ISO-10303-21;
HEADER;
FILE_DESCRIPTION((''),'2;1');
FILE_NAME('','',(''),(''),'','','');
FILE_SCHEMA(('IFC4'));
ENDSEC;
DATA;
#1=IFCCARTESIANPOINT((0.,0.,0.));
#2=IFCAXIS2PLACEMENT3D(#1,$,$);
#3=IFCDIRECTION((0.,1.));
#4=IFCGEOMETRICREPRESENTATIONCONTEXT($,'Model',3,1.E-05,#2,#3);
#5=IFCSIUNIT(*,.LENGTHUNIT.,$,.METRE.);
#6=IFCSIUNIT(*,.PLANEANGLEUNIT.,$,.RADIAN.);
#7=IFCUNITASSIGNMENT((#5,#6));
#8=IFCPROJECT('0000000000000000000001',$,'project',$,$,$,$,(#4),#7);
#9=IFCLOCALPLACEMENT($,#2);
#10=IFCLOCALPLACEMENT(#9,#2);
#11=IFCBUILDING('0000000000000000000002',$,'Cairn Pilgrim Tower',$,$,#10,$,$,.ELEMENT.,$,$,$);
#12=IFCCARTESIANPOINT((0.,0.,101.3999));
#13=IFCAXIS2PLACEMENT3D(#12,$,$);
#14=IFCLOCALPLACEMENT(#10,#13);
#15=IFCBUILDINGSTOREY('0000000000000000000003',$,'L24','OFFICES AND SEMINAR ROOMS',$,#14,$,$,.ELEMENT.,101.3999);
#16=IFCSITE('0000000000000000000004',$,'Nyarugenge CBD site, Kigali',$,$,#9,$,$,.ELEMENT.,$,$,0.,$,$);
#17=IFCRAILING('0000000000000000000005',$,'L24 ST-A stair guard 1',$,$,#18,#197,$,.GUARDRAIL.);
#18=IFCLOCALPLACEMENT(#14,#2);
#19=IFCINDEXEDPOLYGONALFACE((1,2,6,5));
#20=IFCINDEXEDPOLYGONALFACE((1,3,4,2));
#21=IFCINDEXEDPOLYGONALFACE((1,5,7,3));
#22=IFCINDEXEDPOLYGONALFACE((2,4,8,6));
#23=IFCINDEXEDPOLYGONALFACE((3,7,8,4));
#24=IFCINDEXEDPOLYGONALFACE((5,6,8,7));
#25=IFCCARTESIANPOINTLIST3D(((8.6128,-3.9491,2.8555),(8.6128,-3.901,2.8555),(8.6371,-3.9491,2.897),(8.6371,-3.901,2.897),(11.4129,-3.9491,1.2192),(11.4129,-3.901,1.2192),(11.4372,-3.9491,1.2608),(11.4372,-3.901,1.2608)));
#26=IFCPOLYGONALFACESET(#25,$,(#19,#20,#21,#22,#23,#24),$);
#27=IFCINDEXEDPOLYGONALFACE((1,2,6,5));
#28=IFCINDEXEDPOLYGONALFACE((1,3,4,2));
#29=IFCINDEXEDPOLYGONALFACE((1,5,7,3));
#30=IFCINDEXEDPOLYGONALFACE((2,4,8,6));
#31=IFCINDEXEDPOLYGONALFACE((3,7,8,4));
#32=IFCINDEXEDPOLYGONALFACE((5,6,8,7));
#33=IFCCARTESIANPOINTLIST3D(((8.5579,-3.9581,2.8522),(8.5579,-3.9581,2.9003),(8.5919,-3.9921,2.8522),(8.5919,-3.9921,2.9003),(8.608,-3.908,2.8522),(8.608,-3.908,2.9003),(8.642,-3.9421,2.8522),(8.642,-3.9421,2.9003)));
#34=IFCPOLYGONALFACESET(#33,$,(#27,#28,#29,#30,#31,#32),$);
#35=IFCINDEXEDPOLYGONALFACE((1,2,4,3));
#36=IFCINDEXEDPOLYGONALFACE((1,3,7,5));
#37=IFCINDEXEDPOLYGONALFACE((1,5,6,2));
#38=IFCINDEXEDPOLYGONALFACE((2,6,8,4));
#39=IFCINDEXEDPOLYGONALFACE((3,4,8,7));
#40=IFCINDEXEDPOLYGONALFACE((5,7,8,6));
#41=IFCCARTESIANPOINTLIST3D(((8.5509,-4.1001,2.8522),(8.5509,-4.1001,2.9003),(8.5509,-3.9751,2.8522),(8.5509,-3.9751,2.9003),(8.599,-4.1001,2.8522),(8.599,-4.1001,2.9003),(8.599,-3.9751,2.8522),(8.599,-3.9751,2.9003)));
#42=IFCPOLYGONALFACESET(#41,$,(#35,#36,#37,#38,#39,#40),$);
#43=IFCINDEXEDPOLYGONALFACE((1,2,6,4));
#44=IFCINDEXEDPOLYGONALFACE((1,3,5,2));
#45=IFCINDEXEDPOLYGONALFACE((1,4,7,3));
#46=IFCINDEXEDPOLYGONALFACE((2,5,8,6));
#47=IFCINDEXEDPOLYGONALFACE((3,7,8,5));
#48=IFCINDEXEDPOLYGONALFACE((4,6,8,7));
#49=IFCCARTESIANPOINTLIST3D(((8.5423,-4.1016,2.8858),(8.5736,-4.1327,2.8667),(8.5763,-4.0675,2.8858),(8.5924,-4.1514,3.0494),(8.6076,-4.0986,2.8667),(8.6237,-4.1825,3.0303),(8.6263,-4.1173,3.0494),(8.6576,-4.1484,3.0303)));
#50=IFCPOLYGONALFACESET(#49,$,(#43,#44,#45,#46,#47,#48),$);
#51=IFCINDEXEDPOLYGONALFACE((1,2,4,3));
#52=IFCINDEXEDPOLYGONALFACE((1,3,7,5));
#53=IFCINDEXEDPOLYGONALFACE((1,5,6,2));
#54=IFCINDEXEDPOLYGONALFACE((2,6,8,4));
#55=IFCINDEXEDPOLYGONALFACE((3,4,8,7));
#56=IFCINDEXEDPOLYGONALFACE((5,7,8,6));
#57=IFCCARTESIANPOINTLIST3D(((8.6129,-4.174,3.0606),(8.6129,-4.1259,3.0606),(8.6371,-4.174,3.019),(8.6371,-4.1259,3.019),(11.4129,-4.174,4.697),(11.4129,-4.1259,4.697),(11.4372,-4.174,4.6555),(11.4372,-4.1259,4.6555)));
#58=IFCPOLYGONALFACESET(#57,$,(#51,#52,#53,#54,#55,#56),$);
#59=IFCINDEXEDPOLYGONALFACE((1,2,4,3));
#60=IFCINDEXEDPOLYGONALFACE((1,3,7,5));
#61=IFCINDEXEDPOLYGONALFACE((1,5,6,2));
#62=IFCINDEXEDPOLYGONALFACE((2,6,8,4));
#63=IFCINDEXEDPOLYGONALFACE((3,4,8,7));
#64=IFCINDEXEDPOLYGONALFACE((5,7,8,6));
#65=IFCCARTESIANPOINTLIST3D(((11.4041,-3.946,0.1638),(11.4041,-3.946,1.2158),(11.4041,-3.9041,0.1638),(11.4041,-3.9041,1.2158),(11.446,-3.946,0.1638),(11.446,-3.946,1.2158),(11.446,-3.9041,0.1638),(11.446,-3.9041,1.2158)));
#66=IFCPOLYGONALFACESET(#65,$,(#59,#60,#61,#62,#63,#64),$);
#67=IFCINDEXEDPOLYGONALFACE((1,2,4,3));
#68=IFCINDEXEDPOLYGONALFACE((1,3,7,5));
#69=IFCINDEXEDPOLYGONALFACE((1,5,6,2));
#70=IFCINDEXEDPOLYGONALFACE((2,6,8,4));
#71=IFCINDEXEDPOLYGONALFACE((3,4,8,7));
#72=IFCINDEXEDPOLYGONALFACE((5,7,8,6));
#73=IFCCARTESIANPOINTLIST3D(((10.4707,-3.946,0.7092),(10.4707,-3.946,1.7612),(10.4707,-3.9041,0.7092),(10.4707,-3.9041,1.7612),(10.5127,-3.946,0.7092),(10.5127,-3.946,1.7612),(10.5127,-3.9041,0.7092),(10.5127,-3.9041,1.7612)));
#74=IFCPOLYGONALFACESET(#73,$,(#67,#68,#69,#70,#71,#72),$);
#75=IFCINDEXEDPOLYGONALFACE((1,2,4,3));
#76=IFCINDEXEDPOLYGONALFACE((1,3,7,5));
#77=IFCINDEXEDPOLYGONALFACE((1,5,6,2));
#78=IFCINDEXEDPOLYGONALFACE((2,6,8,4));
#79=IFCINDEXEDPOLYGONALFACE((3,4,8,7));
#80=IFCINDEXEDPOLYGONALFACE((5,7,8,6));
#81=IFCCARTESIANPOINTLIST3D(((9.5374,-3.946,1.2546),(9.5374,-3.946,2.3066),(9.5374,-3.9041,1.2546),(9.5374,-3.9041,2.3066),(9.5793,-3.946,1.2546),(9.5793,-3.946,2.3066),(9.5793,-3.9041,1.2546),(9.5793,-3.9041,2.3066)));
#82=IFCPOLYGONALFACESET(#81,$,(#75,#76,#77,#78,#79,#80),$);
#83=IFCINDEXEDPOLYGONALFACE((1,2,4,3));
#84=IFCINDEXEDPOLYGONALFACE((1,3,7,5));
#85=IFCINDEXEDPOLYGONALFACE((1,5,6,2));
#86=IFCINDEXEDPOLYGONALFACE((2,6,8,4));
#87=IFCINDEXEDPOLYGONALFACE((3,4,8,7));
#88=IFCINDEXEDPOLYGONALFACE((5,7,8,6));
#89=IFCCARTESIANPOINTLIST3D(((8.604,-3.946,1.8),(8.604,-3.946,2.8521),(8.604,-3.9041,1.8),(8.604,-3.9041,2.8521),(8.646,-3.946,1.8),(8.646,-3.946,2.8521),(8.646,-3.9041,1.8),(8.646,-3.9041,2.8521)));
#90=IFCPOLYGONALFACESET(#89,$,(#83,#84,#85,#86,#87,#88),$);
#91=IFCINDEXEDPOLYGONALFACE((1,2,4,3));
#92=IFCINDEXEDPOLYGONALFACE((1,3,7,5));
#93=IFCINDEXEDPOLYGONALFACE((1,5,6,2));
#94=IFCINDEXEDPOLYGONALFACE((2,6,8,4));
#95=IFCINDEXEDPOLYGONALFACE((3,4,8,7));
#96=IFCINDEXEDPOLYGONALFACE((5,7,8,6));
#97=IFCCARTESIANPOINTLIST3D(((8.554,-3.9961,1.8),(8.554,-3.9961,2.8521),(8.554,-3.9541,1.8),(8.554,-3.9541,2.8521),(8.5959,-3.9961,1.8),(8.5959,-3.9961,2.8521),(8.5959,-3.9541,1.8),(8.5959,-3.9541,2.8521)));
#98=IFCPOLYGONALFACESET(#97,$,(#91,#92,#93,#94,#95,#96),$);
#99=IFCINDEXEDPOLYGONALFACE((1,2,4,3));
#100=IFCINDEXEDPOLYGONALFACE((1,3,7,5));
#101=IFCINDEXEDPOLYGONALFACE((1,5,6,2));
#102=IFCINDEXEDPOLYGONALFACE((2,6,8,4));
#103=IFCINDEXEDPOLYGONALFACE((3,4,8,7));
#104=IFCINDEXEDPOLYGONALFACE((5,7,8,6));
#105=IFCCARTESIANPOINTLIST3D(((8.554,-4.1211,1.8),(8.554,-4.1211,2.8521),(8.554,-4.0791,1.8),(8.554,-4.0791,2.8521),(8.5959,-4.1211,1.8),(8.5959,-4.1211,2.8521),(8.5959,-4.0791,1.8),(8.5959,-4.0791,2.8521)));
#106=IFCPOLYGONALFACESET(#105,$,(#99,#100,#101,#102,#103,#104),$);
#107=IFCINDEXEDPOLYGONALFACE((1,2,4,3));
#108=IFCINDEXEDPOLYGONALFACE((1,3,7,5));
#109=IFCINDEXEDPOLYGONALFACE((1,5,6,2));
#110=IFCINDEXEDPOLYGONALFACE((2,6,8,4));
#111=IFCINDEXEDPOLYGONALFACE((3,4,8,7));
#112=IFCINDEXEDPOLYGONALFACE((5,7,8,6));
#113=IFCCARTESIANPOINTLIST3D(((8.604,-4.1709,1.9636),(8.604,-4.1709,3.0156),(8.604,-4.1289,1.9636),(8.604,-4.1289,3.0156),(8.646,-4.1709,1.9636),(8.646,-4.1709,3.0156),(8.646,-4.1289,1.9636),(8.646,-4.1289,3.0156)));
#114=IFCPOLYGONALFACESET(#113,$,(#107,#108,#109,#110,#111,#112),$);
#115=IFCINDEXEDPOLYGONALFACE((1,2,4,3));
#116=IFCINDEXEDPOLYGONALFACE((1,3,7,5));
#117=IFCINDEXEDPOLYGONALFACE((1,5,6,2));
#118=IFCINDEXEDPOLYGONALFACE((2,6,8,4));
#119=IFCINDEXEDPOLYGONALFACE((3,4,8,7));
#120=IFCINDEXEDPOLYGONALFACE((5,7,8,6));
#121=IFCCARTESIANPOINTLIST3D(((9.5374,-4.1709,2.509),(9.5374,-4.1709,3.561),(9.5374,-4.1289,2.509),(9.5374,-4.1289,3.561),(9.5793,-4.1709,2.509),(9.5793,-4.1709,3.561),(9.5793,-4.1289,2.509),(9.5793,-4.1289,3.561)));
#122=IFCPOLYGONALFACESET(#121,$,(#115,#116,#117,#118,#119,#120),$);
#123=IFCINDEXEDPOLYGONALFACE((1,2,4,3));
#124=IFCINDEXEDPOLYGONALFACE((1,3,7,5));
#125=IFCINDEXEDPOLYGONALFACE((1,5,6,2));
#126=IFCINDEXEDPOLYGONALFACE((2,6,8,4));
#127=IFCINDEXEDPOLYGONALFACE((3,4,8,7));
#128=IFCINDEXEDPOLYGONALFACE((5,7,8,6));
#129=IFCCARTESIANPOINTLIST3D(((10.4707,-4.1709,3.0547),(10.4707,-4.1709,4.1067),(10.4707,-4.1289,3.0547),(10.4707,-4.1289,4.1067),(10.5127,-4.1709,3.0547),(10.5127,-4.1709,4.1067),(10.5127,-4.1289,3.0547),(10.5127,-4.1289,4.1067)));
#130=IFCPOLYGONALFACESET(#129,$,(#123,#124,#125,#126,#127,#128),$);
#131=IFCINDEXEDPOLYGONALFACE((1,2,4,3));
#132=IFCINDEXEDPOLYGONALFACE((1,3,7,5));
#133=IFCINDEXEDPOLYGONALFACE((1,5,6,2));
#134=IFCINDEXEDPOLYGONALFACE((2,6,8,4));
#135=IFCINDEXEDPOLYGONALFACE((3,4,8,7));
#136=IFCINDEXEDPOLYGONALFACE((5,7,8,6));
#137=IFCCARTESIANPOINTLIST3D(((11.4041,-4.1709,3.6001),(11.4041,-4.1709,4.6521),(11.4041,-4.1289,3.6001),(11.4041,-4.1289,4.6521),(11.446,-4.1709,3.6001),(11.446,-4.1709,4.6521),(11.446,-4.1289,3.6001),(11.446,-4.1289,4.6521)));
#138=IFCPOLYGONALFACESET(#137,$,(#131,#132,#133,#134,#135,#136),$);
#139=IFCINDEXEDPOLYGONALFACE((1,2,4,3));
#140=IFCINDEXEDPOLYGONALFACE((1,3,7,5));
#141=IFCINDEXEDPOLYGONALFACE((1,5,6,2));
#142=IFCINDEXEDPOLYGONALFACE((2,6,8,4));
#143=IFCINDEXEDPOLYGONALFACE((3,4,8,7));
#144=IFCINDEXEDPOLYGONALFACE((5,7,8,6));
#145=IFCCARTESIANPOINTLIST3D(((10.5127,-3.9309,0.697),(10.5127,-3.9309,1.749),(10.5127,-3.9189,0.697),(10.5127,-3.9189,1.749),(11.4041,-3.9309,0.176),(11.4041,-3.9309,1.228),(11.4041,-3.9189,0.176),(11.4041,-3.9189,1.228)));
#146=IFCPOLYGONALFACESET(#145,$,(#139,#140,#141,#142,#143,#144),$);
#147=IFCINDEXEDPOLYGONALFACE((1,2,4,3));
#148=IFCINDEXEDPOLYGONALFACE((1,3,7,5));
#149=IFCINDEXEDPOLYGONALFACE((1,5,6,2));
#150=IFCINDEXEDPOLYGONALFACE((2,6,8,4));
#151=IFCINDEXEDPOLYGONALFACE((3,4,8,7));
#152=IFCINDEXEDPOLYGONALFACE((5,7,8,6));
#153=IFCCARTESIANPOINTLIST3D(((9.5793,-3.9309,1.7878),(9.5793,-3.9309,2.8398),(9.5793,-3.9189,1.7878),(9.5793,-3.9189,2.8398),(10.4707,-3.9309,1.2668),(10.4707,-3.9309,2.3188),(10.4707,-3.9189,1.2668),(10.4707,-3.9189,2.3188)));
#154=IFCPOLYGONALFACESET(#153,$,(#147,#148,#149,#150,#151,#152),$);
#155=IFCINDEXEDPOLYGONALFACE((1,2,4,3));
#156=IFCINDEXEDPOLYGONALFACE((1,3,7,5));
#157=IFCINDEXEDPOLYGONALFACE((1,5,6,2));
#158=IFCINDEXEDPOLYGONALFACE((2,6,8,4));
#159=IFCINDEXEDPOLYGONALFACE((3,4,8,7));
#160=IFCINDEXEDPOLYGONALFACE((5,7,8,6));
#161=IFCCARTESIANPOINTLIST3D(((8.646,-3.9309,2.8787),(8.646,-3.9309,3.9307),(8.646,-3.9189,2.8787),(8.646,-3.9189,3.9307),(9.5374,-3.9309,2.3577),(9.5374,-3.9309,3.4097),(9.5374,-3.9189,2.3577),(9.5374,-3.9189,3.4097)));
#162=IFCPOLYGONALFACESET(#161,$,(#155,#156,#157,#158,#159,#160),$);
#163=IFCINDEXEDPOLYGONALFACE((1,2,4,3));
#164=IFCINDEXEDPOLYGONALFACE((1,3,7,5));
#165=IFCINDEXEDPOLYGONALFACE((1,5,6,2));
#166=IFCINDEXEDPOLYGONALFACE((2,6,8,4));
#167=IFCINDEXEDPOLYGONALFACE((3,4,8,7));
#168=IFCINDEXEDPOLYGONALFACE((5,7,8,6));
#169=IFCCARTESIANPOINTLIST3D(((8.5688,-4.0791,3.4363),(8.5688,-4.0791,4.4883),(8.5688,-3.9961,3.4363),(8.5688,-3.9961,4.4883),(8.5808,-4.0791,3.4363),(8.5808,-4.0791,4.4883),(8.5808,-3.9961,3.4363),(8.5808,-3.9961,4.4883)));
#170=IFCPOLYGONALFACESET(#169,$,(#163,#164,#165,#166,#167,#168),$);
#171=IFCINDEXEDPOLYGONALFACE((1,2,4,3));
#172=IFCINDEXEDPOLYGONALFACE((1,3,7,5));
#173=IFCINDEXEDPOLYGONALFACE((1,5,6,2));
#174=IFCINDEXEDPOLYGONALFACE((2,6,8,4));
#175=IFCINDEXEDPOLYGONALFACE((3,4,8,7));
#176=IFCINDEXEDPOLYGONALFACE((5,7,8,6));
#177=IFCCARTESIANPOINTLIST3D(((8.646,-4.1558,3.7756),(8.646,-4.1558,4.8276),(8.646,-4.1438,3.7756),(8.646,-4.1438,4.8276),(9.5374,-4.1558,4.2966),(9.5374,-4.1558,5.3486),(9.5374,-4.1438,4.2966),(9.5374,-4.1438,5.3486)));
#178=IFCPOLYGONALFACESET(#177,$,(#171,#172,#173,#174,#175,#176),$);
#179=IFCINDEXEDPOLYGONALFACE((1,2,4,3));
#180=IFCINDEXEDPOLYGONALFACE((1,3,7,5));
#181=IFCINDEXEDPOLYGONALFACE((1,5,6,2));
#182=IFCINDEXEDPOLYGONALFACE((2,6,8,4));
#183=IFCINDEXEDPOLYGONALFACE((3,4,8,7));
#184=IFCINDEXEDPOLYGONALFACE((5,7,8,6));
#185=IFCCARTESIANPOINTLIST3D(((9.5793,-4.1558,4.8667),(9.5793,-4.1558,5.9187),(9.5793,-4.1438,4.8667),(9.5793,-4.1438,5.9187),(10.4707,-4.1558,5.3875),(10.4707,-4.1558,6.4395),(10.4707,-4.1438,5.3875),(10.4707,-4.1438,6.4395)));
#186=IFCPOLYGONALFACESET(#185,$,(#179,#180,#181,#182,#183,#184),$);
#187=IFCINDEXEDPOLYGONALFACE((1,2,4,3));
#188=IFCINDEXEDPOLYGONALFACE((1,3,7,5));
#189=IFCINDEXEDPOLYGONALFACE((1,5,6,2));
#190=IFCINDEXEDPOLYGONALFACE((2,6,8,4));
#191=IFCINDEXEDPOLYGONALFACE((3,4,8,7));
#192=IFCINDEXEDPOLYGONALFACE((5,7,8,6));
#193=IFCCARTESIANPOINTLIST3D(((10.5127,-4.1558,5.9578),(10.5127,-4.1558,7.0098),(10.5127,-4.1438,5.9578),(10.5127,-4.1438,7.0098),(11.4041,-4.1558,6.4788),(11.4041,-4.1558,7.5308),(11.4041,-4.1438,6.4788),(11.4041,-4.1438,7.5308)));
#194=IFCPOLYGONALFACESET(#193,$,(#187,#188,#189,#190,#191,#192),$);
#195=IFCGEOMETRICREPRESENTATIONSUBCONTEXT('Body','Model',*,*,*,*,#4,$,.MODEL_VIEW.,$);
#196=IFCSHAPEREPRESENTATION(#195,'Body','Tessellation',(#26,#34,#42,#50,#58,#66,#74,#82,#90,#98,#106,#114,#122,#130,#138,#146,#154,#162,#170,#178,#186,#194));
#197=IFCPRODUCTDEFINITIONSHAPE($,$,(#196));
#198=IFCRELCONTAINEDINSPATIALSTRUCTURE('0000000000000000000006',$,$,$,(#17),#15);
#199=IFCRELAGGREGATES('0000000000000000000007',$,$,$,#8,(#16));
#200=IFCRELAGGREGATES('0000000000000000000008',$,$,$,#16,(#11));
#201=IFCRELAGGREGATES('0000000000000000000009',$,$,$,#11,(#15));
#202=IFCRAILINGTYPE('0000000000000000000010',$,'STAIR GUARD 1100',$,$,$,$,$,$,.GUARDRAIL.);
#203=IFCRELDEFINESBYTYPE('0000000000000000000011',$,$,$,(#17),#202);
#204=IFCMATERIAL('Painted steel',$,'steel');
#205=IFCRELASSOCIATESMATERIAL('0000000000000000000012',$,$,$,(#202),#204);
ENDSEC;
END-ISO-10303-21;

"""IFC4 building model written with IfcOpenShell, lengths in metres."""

from ifc_helpers import new_model, si_unit, direction, frame, origin, origin_2d, place, context, subcontext, project, spatial, polyline, rectangle, outline, extrude, material, type_object, element, save


model = new_model("IFC4")

# Units and contexts
model_context = context("Model", 3, precision=1e-05, world=origin(), true_north=direction((0.0, 1.0)))
body_context = subcontext(model_context, "Body", "Model", "MODEL_VIEW")
ifc_project = project(units=[si_unit("LENGTHUNIT", "METRE"), si_unit("PLANEANGLEUNIT", "RADIAN")], contexts=[model_context])

# Site, building, storey
site_placement = place(None, origin())
site = spatial("IfcSite", under=ifc_project, at=site_placement, Name="Nyarugenge CBD site, Kigali", CompositionType="ELEMENT", RefElevation=0.0)
building_placement = place(site_placement, origin())
building = spatial("IfcBuilding", under=site, at=building_placement, Name="Cairn Pilgrim Tower", CompositionType="ELEMENT")
storey_placement = place(building_placement, frame((0.0, 0.0, 101.3999)))
storey = spatial("IfcBuildingStorey", under=building, at=storey_placement, Name="L24", Description="OFFICES AND SEMINAR ROOMS", CompositionType="ELEMENT", Elevation=101.3999)

# Shared definitions
ifc_material_1 = material(Name="Painted steel", Category="steel")

# Railing
railing_type_1 = type_object("IfcRailingType", Name="STAIR GUARD 1100", PredefinedType="GUARDRAIL", material=ifc_material_1)
railing_1_placement = place(storey_placement, frame((11.425, -3.925, 0.1638)))
element("IfcRailing", 1, at=railing_1_placement, inside=storey, type_object=railing_type_1, Name="L24 ST-A stair guard 1", PredefinedType="GUARDRAIL", context=body_context, shape_type="SweptSolid", body=[
    extrude(rectangle(XDim=0.0481, YDim=0.0481, at=origin_2d()), frame((0.0, 0.0, 1.0762), z_axis=(-0.863394, 0.0, 0.504531), x_axis=(0.0, -1.0, 0.0)), (0.0, 0.0, 1.0), 3.2432),
    extrude(rectangle(XDim=0.0481, YDim=0.0481, at=origin_2d()), frame((-2.8, 0.0, 2.7124), z_axis=(-0.707107, -0.707107, 0.0), x_axis=(0.707107, -0.707107, 0.0)), (0.0, 0.0, 1.0), 0.0708),
    extrude(rectangle(XDim=0.0481, YDim=0.0481, at=origin_2d()), frame((-2.8501, -0.05, 2.7124), z_axis=(0.0, -1.0, 0.0), x_axis=(1.0, 0.0, 0.0)), (0.0, 0.0, 1.0), 0.125),
    extrude(rectangle(XDim=0.0481, YDim=0.0481, at=origin_2d()), frame((-2.8501, -0.175, 2.7124), z_axis=(0.280917, -0.279546, 0.918118), x_axis=(0.705376, 0.708834, 0.0)), (0.0, 0.0, 1.0), 0.1782),
    extrude(rectangle(XDim=0.0481, YDim=0.0481, at=origin_2d()), frame((-2.8, -0.2249, 2.876), z_axis=(0.863361, 0.0, 0.504587), x_axis=(0.0, 1.0, 0.0)), (0.0, 0.0, 1.0), 3.2432),
    extrude(rectangle(XDim=0.042, YDim=0.042, at=origin_2d()), origin(), (0.0, 0.0, 1.0), 1.052),
    extrude(rectangle(XDim=0.042, YDim=0.042, at=origin_2d()), frame((-0.9333, 0.0, 0.5454)), (0.0, 0.0, 1.0), 1.052),
    extrude(rectangle(XDim=0.042, YDim=0.042, at=origin_2d()), frame((-1.8667, 0.0, 1.0908)), (0.0, 0.0, 1.0), 1.052),
    extrude(rectangle(XDim=0.042, YDim=0.042, at=origin_2d()), frame((-2.8, 0.0, 1.6362)), (0.0, 0.0, 1.0), 1.052),
    extrude(rectangle(XDim=0.042, YDim=0.042, at=origin_2d()), frame((-2.8501, -0.05, 1.6362)), (0.0, 0.0, 1.0), 1.052),
    extrude(rectangle(XDim=0.042, YDim=0.042, at=origin_2d()), frame((-2.8501, -0.175, 1.6362)), (0.0, 0.0, 1.0), 1.052),
    extrude(rectangle(XDim=0.042, YDim=0.042, at=origin_2d()), frame((-2.8, -0.2249, 1.7998)), (0.0, 0.0, 1.0), 1.052),
    extrude(rectangle(XDim=0.042, YDim=0.042, at=origin_2d()), frame((-1.8667, -0.2249, 2.3452)), (0.0, 0.0, 1.0), 1.052),
    extrude(rectangle(XDim=0.042, YDim=0.042, at=origin_2d()), frame((-0.9333, -0.2249, 2.8909)), (0.0, 0.0, 1.0), 1.052),
    extrude(rectangle(XDim=0.042, YDim=0.042, at=origin_2d()), frame((0.0, -0.2249, 3.4363)), (0.0, 0.0, 1.0), 1.052),
    extrude(outline(polyline([(0.021, 0.0122), (0.9124, 0.5332), (0.9124, 1.5852), (0.021, 1.0642), (0.021, 0.0122)])), frame((0.0, -0.0059, 0.0), z_axis=(0.0, 1.0, 0.0), x_axis=(-1.0, 0.0, 0.0)), (0.0, 0.0, 1.0), 0.012),
    extrude(outline(polyline([(0.021, 0.5576), (0.9124, 1.0786), (0.9124, 2.1306), (0.021, 1.6096), (0.021, 0.5576)])), frame((-0.9333, -0.0059, 0.5454), z_axis=(0.0, 1.0, 0.0), x_axis=(-1.0, 0.0, 0.0)), (0.0, 0.0, 1.0), 0.012),
    extrude(outline(polyline([(0.021, 1.103), (0.9124, 1.624), (0.9124, 2.676), (0.021, 2.155), (0.021, 1.103)])), frame((-1.8667, -0.0059, 1.0908), z_axis=(0.0, 1.0, 0.0), x_axis=(-1.0, 0.0, 0.0)), (0.0, 0.0, 1.0), 0.012),
    extrude(outline(polyline([(0.021, 1.6362), (0.104, 1.6362), (0.104, 2.6882), (0.021, 2.6882), (0.021, 1.6362)])), frame((-2.8442, -0.05, 1.6362), z_axis=(-1.0, 0.0, 0.0), x_axis=(0.0, -1.0, 0.0)), (0.0, 0.0, 1.0), 0.012),
    extrude(outline(polyline([(0.021, 1.812), (0.9124, 2.333), (0.9124, 3.385), (0.021, 2.864), (0.021, 1.812)])), frame((-2.8, -0.2188, 1.7998), z_axis=(0.0, -1.0, 0.0), x_axis=(1.0, 0.0, 0.0)), (0.0, 0.0, 1.0), 0.012),
    extrude(outline(polyline([(0.021, 2.3577), (0.9124, 2.8784), (0.9124, 3.9304), (0.021, 3.4097), (0.021, 2.3577)])), frame((-1.8667, -0.2188, 2.3452), z_axis=(0.0, -1.0, 0.0), x_axis=(1.0, 0.0, 0.0)), (0.0, 0.0, 1.0), 0.012),
    extrude(outline(polyline([(0.021, 2.9031), (0.9124, 3.4241), (0.9124, 4.4761), (0.021, 3.9551), (0.021, 2.9031)])), frame((-0.9333, -0.2188, 2.8909), z_axis=(0.0, -1.0, 0.0), x_axis=(1.0, 0.0, 0.0)), (0.0, 0.0, 1.0), 0.012),
])

save(model, "model.ifc")
